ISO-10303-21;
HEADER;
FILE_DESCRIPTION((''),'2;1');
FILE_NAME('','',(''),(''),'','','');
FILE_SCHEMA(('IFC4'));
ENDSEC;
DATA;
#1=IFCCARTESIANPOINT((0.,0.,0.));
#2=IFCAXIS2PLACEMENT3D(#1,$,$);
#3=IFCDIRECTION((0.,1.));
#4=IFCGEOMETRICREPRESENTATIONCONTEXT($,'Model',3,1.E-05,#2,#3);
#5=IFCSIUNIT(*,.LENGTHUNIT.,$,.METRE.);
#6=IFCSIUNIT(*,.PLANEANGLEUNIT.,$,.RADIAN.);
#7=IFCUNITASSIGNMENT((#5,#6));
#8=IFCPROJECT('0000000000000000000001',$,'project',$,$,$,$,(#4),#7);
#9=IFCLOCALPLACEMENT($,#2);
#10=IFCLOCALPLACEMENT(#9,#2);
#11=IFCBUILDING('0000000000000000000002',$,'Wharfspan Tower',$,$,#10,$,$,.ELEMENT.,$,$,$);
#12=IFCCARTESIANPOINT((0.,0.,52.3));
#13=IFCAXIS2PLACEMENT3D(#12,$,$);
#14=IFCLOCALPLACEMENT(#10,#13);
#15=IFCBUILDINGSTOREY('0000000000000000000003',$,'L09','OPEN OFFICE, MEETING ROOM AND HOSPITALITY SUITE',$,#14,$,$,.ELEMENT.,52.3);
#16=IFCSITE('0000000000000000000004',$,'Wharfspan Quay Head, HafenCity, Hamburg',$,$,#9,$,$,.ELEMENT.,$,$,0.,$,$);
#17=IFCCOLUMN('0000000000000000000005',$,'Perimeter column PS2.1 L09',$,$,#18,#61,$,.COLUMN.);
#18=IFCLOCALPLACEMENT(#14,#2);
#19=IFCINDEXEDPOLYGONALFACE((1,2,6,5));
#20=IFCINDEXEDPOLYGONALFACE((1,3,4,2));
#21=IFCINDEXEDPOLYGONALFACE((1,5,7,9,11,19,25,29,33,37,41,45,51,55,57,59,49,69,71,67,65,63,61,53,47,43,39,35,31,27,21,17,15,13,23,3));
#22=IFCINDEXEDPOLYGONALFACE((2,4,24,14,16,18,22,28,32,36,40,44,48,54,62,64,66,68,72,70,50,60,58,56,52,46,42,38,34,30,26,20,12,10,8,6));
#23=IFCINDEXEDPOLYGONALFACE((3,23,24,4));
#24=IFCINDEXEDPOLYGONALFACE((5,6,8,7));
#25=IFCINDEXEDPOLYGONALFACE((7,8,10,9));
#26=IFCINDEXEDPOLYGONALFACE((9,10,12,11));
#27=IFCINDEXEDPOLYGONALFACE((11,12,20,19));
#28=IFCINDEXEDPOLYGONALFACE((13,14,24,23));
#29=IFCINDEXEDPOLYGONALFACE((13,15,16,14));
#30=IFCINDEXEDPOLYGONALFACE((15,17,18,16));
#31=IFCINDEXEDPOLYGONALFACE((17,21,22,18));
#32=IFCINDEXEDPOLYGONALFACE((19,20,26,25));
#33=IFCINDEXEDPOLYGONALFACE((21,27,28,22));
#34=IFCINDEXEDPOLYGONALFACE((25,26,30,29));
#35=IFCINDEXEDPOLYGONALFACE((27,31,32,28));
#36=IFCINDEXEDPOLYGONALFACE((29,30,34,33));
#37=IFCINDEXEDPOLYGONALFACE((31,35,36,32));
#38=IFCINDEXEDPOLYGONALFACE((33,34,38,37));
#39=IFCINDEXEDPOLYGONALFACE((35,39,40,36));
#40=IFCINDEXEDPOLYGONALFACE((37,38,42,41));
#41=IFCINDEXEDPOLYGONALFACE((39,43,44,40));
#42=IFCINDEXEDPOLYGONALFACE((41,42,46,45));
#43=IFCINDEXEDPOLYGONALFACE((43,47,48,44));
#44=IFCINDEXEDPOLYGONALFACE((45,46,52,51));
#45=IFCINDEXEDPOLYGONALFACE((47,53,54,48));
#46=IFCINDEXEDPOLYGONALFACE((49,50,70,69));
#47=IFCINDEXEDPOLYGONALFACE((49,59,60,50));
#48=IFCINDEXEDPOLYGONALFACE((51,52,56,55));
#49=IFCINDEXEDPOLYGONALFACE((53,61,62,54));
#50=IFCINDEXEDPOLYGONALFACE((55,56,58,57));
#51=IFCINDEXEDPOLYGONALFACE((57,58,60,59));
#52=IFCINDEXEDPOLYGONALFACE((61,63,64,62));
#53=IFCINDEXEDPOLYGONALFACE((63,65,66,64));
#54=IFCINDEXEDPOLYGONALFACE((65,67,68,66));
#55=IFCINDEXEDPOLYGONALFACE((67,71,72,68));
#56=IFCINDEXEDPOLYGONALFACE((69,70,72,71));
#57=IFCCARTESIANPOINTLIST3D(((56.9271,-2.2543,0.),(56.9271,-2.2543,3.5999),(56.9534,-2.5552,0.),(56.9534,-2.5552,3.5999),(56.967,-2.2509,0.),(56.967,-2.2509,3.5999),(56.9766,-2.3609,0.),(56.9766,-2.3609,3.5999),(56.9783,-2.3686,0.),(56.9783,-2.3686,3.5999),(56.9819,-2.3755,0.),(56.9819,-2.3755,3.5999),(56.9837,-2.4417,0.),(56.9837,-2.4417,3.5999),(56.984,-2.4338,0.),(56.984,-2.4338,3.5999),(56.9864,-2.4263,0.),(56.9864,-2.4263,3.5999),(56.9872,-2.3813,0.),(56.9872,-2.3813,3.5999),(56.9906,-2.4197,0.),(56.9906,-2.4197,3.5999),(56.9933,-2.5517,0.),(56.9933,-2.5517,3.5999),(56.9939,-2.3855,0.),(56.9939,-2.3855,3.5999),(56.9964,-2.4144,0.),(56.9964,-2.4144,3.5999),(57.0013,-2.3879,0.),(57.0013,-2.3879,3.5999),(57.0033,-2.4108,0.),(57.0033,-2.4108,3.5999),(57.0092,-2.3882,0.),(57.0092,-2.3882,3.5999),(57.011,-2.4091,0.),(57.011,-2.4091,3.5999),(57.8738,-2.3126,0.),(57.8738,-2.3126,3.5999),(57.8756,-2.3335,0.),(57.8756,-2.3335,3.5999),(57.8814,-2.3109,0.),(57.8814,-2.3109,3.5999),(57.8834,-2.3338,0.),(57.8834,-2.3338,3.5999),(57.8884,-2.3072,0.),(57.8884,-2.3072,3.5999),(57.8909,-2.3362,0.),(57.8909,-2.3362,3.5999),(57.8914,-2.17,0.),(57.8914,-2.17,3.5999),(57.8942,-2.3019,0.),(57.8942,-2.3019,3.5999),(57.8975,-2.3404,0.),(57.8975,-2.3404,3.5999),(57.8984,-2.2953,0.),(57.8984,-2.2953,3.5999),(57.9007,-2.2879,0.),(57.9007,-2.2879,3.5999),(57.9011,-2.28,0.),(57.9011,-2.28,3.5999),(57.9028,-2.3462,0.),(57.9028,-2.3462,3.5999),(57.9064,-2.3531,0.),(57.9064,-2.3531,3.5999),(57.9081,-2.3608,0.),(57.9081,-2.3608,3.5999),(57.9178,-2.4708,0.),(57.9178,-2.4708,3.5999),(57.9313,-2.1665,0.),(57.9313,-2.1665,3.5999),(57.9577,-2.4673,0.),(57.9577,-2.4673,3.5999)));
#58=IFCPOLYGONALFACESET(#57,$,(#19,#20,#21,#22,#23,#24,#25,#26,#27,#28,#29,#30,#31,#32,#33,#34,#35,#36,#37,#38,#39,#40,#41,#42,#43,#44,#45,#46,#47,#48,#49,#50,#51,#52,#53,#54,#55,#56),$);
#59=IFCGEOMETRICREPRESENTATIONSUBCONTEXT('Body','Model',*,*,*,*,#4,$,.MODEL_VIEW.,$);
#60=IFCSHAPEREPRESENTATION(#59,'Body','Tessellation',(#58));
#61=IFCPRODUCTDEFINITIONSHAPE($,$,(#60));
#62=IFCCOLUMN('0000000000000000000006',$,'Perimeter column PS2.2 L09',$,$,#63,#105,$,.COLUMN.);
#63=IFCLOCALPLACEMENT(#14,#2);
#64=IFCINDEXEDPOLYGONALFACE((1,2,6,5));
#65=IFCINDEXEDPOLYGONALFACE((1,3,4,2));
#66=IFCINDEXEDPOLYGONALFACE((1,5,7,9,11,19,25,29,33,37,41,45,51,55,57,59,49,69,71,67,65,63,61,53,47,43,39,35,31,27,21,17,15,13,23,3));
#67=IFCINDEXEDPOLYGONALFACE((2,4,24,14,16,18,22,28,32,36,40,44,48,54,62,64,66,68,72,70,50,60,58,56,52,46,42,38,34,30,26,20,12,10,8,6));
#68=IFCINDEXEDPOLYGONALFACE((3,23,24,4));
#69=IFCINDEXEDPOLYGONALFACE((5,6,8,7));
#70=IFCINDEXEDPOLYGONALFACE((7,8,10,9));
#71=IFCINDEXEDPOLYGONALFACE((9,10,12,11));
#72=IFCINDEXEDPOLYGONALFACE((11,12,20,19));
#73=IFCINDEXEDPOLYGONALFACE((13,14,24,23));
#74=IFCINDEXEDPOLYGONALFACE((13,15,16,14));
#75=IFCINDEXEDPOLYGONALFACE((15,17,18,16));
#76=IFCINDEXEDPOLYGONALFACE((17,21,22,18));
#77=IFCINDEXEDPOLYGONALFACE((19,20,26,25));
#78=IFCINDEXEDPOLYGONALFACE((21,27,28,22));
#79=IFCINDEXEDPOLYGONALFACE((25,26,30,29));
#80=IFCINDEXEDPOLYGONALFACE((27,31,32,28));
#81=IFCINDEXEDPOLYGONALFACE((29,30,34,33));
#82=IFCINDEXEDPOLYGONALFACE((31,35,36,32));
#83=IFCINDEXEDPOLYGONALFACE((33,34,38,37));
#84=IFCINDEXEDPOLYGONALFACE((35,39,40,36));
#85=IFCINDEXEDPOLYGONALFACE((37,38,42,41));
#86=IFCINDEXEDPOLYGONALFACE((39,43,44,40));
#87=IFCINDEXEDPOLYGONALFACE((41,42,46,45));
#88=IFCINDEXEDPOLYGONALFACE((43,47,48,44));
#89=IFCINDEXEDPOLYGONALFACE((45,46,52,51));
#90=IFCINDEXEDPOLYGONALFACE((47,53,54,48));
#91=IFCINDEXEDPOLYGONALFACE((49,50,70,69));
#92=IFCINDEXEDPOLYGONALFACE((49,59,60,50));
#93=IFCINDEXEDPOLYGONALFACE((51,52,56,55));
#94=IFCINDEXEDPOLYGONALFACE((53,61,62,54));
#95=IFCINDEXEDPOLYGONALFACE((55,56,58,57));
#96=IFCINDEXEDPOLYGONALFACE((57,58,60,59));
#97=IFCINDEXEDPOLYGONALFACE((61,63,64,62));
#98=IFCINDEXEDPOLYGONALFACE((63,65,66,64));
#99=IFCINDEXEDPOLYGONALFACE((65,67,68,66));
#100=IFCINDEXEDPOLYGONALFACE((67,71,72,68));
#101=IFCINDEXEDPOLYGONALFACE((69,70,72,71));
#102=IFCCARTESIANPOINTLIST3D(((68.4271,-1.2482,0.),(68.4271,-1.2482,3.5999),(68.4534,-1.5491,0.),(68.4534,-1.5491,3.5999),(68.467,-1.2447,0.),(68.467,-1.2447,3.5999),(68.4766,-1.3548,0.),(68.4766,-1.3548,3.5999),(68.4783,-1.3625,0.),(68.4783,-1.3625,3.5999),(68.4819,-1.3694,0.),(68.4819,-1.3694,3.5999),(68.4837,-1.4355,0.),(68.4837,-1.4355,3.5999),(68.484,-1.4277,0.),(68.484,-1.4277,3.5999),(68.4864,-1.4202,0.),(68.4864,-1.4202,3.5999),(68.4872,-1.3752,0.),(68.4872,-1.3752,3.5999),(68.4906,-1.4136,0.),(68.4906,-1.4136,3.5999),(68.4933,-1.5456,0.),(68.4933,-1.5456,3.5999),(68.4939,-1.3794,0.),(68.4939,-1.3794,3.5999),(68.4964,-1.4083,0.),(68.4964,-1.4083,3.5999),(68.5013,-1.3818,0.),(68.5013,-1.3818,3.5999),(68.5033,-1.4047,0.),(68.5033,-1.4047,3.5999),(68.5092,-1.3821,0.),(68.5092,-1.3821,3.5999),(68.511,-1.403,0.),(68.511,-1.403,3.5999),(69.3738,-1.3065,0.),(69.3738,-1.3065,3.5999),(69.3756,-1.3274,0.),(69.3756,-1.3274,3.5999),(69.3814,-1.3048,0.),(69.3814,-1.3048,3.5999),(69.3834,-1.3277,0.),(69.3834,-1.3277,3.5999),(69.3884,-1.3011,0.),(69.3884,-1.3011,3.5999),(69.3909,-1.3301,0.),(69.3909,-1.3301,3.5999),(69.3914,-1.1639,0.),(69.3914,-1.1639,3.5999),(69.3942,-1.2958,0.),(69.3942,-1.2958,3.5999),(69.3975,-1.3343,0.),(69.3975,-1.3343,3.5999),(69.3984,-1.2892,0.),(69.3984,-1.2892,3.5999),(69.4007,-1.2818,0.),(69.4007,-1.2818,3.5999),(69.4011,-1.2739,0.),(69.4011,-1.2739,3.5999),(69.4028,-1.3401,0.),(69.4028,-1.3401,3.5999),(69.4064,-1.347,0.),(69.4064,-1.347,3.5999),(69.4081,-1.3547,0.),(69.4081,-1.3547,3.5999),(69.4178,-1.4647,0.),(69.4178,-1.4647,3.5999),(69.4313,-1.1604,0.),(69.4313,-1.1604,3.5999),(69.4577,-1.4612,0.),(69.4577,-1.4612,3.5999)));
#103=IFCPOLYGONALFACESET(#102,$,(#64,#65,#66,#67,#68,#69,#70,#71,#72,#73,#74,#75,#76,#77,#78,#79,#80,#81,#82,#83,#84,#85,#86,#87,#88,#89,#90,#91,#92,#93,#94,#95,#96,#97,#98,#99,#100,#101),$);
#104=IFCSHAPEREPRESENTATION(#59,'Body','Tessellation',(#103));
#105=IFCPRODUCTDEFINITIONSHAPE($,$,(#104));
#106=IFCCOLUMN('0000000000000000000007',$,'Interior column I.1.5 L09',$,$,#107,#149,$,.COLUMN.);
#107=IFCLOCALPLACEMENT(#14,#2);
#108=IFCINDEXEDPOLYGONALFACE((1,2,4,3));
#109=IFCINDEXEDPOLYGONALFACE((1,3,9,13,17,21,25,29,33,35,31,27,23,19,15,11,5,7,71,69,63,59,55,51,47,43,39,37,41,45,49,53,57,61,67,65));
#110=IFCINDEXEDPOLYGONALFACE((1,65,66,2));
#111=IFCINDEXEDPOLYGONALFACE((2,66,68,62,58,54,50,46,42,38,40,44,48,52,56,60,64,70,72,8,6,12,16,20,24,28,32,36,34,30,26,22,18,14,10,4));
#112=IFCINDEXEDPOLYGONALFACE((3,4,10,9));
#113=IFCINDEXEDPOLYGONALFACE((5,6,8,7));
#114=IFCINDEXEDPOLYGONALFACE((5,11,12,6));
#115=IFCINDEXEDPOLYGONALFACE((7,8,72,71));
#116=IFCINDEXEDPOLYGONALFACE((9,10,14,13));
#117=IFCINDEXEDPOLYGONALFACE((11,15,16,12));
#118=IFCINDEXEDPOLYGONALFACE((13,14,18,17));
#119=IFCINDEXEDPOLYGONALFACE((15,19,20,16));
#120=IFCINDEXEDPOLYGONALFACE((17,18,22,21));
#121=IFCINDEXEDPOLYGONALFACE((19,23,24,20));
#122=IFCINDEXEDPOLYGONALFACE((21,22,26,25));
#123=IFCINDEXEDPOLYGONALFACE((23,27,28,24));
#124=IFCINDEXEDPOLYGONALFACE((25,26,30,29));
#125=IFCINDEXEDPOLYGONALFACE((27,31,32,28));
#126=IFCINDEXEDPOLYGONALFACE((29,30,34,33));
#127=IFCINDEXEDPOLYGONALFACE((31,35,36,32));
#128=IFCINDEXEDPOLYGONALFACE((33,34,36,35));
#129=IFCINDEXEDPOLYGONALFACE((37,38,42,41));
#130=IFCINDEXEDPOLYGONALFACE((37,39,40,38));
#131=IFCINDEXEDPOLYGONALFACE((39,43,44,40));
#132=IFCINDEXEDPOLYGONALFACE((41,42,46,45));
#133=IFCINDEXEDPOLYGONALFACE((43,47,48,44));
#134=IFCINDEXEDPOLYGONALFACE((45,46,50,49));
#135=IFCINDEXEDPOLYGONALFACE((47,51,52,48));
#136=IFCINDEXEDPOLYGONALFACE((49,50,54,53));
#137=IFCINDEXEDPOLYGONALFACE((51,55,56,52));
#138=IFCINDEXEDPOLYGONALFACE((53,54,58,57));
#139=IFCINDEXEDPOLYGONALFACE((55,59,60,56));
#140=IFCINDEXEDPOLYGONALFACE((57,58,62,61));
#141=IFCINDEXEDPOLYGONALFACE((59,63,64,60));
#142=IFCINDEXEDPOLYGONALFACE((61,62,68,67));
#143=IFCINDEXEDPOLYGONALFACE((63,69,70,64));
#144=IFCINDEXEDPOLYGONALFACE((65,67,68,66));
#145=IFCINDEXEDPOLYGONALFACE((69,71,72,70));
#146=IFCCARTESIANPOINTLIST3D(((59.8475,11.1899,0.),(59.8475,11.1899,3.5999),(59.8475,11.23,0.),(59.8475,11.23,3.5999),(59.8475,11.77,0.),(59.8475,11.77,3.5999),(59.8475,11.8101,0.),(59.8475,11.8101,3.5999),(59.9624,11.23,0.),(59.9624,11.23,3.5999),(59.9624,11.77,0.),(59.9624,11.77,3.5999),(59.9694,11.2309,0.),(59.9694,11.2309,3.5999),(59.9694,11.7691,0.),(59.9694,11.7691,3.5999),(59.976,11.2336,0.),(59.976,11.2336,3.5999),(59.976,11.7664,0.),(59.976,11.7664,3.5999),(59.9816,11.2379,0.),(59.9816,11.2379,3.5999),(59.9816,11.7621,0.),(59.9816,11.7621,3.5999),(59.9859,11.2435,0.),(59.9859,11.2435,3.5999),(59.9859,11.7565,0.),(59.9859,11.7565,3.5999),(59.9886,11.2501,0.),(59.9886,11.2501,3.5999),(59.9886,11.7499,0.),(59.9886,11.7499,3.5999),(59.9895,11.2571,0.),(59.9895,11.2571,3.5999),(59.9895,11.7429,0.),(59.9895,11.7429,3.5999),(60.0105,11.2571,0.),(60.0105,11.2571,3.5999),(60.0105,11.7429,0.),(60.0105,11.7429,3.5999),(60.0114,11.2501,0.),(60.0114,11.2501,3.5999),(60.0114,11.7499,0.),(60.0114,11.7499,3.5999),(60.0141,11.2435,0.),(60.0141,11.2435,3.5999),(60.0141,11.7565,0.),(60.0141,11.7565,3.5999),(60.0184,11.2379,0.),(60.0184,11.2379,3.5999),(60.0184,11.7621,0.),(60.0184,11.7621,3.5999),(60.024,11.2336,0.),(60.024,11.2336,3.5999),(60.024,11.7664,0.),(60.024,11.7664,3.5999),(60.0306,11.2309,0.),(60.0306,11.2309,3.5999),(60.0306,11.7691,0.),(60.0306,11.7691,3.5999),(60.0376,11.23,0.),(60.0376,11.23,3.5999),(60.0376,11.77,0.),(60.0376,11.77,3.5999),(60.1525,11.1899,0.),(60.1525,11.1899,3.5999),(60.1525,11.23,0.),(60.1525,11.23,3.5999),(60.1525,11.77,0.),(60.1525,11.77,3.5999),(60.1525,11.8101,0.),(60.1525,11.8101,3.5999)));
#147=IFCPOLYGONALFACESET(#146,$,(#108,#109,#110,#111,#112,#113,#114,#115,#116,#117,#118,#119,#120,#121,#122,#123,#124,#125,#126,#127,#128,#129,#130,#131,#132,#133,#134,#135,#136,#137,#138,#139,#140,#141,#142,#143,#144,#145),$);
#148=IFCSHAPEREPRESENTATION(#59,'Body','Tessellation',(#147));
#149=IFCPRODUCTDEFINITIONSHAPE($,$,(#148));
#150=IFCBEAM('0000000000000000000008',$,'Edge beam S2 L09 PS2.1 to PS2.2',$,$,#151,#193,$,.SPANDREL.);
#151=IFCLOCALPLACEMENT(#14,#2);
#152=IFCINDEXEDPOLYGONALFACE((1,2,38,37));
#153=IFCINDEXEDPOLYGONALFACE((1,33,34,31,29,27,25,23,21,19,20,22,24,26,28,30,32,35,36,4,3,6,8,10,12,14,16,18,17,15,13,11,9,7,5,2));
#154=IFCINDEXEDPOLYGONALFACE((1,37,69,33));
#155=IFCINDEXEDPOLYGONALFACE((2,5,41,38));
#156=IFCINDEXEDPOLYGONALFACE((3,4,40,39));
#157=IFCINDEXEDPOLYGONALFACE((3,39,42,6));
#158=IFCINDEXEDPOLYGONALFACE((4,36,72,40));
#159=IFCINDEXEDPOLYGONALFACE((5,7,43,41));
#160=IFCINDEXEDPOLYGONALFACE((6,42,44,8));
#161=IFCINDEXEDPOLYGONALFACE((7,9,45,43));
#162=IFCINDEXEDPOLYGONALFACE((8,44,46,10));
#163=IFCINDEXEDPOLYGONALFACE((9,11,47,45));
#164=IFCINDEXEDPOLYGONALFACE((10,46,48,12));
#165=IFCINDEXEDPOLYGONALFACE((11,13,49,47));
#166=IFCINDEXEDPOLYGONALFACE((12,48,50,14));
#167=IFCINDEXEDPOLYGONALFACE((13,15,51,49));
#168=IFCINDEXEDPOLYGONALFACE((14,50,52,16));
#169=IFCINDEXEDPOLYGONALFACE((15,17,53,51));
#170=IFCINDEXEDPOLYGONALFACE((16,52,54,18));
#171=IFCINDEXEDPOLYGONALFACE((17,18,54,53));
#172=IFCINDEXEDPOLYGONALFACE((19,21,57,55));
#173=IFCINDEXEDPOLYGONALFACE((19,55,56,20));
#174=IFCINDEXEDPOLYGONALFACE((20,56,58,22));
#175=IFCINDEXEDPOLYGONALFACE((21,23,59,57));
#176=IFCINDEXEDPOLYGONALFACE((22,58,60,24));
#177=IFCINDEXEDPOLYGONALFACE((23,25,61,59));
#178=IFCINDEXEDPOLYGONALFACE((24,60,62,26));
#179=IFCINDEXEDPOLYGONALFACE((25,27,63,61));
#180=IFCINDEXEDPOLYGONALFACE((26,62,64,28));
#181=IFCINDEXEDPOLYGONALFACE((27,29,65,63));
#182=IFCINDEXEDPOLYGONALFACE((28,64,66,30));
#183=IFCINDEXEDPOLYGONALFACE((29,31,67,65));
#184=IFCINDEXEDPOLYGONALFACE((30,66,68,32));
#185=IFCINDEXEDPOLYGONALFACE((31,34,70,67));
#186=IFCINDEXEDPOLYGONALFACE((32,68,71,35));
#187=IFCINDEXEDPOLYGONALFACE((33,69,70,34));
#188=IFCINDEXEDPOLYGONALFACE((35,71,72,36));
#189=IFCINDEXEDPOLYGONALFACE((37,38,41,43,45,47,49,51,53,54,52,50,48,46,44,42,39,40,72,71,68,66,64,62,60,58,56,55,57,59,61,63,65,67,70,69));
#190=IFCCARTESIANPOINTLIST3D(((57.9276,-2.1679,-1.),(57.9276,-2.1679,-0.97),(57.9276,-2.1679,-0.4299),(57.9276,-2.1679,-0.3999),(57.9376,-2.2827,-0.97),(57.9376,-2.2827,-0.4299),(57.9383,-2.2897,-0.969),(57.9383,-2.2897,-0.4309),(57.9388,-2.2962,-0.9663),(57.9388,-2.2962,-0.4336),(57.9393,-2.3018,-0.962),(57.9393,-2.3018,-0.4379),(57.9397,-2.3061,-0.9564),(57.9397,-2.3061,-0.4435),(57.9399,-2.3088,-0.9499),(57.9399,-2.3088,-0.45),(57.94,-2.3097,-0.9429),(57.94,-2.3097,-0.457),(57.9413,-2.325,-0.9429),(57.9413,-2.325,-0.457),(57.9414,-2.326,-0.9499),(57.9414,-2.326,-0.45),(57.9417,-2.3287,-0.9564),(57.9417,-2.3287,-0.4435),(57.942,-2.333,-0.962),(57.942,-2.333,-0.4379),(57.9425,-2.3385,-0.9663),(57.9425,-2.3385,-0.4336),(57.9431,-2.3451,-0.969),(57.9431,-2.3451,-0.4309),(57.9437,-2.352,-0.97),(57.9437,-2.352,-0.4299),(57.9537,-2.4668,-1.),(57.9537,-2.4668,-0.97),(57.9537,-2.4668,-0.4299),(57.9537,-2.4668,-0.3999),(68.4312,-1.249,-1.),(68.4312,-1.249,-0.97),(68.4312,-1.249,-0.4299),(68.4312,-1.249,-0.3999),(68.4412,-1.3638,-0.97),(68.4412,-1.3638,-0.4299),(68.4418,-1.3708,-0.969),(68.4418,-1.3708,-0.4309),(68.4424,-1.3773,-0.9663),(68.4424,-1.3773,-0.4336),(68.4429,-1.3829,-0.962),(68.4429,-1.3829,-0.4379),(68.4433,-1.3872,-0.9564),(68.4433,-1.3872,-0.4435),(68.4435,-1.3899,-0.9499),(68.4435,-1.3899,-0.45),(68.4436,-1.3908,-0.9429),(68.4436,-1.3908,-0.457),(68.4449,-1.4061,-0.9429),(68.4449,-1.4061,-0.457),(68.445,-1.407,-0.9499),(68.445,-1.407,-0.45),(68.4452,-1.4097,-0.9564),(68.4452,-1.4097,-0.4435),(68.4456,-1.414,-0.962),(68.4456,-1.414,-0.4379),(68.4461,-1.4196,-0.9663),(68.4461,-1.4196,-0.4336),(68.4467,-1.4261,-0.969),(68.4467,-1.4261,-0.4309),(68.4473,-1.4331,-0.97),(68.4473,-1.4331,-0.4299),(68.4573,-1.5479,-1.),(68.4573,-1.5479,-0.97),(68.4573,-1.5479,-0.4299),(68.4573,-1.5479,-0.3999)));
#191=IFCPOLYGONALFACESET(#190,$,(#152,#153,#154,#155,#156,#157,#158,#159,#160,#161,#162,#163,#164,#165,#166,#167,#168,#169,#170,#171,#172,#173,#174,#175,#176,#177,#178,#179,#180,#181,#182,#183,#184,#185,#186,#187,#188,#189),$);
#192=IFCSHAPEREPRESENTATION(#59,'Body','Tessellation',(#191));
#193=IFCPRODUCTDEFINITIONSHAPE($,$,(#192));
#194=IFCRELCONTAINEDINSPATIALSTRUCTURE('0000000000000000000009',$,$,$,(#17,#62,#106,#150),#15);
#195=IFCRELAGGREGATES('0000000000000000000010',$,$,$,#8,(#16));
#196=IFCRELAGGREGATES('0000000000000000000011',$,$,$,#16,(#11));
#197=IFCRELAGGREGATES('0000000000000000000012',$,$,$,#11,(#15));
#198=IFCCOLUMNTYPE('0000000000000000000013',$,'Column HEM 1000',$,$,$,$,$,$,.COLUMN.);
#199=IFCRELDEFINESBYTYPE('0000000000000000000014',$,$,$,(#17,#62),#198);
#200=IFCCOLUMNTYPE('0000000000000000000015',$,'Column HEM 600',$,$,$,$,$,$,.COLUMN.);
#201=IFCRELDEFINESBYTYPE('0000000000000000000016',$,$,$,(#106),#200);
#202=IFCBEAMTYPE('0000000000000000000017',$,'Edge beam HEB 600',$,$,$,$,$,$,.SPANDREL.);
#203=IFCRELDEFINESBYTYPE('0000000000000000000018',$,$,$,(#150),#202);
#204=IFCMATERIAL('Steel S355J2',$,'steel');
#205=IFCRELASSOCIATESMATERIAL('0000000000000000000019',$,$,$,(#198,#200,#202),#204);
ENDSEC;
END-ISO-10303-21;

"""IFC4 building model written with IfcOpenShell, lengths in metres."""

from ifc_helpers import new_model, si_unit, direction, frame, origin, origin_2d, place, context, subcontext, project, spatial, i_section, extrude, material, material_profile, profile_set, type_object, element, save


model = new_model("IFC4")

# Units and contexts
model_context = context("Model", 3, precision=1e-05, world=origin(), true_north=direction((0.0, 1.0)))
body_context = subcontext(model_context, "Body", "Model", "MODEL_VIEW")
ifc_project = project(units=[si_unit("LENGTHUNIT", "METRE"), si_unit("PLANEANGLEUNIT", "RADIAN")], contexts=[model_context])

# Site, building, storey
site_placement = place(None, origin())
site = spatial("IfcSite", under=ifc_project, at=site_placement, Name="Wharfspan Quay Head, HafenCity, Hamburg", CompositionType="ELEMENT", RefElevation=0.0)
building_placement = place(site_placement, origin())
building = spatial("IfcBuilding", under=site, at=building_placement, Name="Wharfspan Tower", CompositionType="ELEMENT")
storey_placement = place(building_placement, frame((0.0, 0.0, 52.3)))
storey = spatial("IfcBuildingStorey", under=building, at=storey_placement, Name="L09", Description="OPEN OFFICE, MEETING ROOM AND HOSPITALITY SUITE", CompositionType="ELEMENT", Elevation=52.3)

# Columns
ifc_material_1 = material(Name="Steel S355J2", Category="steel")
ifc_material_profile_1 = material_profile(ifc_material_1, i_section(OverallWidth=0.302, OverallDepth=1.0081, WebThickness=0.021, FlangeThickness=0.04, FilletRadius=0.03, at=origin_2d()))
ifc_profile_set_1 = profile_set([ifc_material_profile_1], Name="Steel S355J2")
column_type_1 = type_object("IfcColumnType", Name="Column HEM 1000", PredefinedType="COLUMN", material=ifc_profile_set_1)
for number, where, z_axis, x_axis, name in (
    (1, (57.4424, -2.3608, 0.0), (0.0, 0.0, 1.0), (0.087156, -0.996198, 0.0), "Perimeter column PS2.1 L09"),
    (2, (68.9424, -1.3547, 0.0), (0.0, 0.0, 1.0), (0.087156, -0.996198, 0.0), "Perimeter column PS2.2 L09"),
):
    element("IfcColumn", number, at=place(storey_placement, frame(where, z_axis=z_axis, x_axis=x_axis)), inside=storey, type_object=column_type_1, Name=name, PredefinedType="COLUMN", context=body_context, shape_type="SweptSolid", body=[
        extrude(i_section(OverallWidth=0.302, OverallDepth=1.0081, WebThickness=0.021, FlangeThickness=0.04, FilletRadius=0.03, at=origin_2d()), origin(), (0.0, 0.0, 1.0), 3.5999),
    ])
ifc_material_profile_2 = material_profile(ifc_material_1, i_section(OverallWidth=0.3049, OverallDepth=0.6201, WebThickness=0.021, FlangeThickness=0.04, FilletRadius=0.0271, at=origin_2d()))
ifc_profile_set_2 = profile_set([ifc_material_profile_2], Name="Steel S355J2")
column_type_2 = type_object("IfcColumnType", Name="Column HEM 600", PredefinedType="COLUMN", material=ifc_profile_set_2)
column_placement = place(storey_placement, frame((60.0, 11.5, 0.0), z_axis=(0.0, 0.0, 1.0), x_axis=(1.0, 0.0, 0.0)))
element("IfcColumn", 3, at=column_placement, inside=storey, type_object=column_type_2, Name="Interior column I.1.5 L09", PredefinedType="COLUMN", context=body_context, shape_type="SweptSolid", body=[
    extrude(i_section(OverallWidth=0.3049, OverallDepth=0.6201, WebThickness=0.021, FlangeThickness=0.04, FilletRadius=0.0271, at=origin_2d()), origin(), (0.0, 0.0, 1.0), 3.5999),
])

# Beam
ifc_material_profile_3 = material_profile(ifc_material_1, i_section(OverallWidth=0.3, OverallDepth=0.6001, WebThickness=0.0154, FlangeThickness=0.03, FilletRadius=0.0271, at=origin_2d()))
ifc_profile_set_3 = profile_set([ifc_material_profile_3], Name="Steel S355J2")
beam_type = type_object("IfcBeamType", Name="Edge beam HEB 600", PredefinedType="SPANDREL", material=ifc_profile_set_3)
for number, where, z_axis, x_axis, name in (
    (4, (57.9407, -2.3174, -0.7), (0.996195, 0.087155, 0.0), (-0.087155, 0.996195, 0.0), "Edge beam S2 L09 PS2.1 to PS2.2"),
):
    element("IfcBeam", number, at=place(storey_placement, frame(where, z_axis=z_axis, x_axis=x_axis)), inside=storey, type_object=beam_type, Name=name, PredefinedType="SPANDREL", context=body_context, shape_type="SweptSolid", body=[
        extrude(i_section(OverallWidth=0.3, OverallDepth=0.6001, WebThickness=0.0154, FlangeThickness=0.03, FilletRadius=0.0271, at=origin_2d()), origin(), (0.0, 0.0, 1.0), 10.5437),
    ])

save(model, "model.ifc")
